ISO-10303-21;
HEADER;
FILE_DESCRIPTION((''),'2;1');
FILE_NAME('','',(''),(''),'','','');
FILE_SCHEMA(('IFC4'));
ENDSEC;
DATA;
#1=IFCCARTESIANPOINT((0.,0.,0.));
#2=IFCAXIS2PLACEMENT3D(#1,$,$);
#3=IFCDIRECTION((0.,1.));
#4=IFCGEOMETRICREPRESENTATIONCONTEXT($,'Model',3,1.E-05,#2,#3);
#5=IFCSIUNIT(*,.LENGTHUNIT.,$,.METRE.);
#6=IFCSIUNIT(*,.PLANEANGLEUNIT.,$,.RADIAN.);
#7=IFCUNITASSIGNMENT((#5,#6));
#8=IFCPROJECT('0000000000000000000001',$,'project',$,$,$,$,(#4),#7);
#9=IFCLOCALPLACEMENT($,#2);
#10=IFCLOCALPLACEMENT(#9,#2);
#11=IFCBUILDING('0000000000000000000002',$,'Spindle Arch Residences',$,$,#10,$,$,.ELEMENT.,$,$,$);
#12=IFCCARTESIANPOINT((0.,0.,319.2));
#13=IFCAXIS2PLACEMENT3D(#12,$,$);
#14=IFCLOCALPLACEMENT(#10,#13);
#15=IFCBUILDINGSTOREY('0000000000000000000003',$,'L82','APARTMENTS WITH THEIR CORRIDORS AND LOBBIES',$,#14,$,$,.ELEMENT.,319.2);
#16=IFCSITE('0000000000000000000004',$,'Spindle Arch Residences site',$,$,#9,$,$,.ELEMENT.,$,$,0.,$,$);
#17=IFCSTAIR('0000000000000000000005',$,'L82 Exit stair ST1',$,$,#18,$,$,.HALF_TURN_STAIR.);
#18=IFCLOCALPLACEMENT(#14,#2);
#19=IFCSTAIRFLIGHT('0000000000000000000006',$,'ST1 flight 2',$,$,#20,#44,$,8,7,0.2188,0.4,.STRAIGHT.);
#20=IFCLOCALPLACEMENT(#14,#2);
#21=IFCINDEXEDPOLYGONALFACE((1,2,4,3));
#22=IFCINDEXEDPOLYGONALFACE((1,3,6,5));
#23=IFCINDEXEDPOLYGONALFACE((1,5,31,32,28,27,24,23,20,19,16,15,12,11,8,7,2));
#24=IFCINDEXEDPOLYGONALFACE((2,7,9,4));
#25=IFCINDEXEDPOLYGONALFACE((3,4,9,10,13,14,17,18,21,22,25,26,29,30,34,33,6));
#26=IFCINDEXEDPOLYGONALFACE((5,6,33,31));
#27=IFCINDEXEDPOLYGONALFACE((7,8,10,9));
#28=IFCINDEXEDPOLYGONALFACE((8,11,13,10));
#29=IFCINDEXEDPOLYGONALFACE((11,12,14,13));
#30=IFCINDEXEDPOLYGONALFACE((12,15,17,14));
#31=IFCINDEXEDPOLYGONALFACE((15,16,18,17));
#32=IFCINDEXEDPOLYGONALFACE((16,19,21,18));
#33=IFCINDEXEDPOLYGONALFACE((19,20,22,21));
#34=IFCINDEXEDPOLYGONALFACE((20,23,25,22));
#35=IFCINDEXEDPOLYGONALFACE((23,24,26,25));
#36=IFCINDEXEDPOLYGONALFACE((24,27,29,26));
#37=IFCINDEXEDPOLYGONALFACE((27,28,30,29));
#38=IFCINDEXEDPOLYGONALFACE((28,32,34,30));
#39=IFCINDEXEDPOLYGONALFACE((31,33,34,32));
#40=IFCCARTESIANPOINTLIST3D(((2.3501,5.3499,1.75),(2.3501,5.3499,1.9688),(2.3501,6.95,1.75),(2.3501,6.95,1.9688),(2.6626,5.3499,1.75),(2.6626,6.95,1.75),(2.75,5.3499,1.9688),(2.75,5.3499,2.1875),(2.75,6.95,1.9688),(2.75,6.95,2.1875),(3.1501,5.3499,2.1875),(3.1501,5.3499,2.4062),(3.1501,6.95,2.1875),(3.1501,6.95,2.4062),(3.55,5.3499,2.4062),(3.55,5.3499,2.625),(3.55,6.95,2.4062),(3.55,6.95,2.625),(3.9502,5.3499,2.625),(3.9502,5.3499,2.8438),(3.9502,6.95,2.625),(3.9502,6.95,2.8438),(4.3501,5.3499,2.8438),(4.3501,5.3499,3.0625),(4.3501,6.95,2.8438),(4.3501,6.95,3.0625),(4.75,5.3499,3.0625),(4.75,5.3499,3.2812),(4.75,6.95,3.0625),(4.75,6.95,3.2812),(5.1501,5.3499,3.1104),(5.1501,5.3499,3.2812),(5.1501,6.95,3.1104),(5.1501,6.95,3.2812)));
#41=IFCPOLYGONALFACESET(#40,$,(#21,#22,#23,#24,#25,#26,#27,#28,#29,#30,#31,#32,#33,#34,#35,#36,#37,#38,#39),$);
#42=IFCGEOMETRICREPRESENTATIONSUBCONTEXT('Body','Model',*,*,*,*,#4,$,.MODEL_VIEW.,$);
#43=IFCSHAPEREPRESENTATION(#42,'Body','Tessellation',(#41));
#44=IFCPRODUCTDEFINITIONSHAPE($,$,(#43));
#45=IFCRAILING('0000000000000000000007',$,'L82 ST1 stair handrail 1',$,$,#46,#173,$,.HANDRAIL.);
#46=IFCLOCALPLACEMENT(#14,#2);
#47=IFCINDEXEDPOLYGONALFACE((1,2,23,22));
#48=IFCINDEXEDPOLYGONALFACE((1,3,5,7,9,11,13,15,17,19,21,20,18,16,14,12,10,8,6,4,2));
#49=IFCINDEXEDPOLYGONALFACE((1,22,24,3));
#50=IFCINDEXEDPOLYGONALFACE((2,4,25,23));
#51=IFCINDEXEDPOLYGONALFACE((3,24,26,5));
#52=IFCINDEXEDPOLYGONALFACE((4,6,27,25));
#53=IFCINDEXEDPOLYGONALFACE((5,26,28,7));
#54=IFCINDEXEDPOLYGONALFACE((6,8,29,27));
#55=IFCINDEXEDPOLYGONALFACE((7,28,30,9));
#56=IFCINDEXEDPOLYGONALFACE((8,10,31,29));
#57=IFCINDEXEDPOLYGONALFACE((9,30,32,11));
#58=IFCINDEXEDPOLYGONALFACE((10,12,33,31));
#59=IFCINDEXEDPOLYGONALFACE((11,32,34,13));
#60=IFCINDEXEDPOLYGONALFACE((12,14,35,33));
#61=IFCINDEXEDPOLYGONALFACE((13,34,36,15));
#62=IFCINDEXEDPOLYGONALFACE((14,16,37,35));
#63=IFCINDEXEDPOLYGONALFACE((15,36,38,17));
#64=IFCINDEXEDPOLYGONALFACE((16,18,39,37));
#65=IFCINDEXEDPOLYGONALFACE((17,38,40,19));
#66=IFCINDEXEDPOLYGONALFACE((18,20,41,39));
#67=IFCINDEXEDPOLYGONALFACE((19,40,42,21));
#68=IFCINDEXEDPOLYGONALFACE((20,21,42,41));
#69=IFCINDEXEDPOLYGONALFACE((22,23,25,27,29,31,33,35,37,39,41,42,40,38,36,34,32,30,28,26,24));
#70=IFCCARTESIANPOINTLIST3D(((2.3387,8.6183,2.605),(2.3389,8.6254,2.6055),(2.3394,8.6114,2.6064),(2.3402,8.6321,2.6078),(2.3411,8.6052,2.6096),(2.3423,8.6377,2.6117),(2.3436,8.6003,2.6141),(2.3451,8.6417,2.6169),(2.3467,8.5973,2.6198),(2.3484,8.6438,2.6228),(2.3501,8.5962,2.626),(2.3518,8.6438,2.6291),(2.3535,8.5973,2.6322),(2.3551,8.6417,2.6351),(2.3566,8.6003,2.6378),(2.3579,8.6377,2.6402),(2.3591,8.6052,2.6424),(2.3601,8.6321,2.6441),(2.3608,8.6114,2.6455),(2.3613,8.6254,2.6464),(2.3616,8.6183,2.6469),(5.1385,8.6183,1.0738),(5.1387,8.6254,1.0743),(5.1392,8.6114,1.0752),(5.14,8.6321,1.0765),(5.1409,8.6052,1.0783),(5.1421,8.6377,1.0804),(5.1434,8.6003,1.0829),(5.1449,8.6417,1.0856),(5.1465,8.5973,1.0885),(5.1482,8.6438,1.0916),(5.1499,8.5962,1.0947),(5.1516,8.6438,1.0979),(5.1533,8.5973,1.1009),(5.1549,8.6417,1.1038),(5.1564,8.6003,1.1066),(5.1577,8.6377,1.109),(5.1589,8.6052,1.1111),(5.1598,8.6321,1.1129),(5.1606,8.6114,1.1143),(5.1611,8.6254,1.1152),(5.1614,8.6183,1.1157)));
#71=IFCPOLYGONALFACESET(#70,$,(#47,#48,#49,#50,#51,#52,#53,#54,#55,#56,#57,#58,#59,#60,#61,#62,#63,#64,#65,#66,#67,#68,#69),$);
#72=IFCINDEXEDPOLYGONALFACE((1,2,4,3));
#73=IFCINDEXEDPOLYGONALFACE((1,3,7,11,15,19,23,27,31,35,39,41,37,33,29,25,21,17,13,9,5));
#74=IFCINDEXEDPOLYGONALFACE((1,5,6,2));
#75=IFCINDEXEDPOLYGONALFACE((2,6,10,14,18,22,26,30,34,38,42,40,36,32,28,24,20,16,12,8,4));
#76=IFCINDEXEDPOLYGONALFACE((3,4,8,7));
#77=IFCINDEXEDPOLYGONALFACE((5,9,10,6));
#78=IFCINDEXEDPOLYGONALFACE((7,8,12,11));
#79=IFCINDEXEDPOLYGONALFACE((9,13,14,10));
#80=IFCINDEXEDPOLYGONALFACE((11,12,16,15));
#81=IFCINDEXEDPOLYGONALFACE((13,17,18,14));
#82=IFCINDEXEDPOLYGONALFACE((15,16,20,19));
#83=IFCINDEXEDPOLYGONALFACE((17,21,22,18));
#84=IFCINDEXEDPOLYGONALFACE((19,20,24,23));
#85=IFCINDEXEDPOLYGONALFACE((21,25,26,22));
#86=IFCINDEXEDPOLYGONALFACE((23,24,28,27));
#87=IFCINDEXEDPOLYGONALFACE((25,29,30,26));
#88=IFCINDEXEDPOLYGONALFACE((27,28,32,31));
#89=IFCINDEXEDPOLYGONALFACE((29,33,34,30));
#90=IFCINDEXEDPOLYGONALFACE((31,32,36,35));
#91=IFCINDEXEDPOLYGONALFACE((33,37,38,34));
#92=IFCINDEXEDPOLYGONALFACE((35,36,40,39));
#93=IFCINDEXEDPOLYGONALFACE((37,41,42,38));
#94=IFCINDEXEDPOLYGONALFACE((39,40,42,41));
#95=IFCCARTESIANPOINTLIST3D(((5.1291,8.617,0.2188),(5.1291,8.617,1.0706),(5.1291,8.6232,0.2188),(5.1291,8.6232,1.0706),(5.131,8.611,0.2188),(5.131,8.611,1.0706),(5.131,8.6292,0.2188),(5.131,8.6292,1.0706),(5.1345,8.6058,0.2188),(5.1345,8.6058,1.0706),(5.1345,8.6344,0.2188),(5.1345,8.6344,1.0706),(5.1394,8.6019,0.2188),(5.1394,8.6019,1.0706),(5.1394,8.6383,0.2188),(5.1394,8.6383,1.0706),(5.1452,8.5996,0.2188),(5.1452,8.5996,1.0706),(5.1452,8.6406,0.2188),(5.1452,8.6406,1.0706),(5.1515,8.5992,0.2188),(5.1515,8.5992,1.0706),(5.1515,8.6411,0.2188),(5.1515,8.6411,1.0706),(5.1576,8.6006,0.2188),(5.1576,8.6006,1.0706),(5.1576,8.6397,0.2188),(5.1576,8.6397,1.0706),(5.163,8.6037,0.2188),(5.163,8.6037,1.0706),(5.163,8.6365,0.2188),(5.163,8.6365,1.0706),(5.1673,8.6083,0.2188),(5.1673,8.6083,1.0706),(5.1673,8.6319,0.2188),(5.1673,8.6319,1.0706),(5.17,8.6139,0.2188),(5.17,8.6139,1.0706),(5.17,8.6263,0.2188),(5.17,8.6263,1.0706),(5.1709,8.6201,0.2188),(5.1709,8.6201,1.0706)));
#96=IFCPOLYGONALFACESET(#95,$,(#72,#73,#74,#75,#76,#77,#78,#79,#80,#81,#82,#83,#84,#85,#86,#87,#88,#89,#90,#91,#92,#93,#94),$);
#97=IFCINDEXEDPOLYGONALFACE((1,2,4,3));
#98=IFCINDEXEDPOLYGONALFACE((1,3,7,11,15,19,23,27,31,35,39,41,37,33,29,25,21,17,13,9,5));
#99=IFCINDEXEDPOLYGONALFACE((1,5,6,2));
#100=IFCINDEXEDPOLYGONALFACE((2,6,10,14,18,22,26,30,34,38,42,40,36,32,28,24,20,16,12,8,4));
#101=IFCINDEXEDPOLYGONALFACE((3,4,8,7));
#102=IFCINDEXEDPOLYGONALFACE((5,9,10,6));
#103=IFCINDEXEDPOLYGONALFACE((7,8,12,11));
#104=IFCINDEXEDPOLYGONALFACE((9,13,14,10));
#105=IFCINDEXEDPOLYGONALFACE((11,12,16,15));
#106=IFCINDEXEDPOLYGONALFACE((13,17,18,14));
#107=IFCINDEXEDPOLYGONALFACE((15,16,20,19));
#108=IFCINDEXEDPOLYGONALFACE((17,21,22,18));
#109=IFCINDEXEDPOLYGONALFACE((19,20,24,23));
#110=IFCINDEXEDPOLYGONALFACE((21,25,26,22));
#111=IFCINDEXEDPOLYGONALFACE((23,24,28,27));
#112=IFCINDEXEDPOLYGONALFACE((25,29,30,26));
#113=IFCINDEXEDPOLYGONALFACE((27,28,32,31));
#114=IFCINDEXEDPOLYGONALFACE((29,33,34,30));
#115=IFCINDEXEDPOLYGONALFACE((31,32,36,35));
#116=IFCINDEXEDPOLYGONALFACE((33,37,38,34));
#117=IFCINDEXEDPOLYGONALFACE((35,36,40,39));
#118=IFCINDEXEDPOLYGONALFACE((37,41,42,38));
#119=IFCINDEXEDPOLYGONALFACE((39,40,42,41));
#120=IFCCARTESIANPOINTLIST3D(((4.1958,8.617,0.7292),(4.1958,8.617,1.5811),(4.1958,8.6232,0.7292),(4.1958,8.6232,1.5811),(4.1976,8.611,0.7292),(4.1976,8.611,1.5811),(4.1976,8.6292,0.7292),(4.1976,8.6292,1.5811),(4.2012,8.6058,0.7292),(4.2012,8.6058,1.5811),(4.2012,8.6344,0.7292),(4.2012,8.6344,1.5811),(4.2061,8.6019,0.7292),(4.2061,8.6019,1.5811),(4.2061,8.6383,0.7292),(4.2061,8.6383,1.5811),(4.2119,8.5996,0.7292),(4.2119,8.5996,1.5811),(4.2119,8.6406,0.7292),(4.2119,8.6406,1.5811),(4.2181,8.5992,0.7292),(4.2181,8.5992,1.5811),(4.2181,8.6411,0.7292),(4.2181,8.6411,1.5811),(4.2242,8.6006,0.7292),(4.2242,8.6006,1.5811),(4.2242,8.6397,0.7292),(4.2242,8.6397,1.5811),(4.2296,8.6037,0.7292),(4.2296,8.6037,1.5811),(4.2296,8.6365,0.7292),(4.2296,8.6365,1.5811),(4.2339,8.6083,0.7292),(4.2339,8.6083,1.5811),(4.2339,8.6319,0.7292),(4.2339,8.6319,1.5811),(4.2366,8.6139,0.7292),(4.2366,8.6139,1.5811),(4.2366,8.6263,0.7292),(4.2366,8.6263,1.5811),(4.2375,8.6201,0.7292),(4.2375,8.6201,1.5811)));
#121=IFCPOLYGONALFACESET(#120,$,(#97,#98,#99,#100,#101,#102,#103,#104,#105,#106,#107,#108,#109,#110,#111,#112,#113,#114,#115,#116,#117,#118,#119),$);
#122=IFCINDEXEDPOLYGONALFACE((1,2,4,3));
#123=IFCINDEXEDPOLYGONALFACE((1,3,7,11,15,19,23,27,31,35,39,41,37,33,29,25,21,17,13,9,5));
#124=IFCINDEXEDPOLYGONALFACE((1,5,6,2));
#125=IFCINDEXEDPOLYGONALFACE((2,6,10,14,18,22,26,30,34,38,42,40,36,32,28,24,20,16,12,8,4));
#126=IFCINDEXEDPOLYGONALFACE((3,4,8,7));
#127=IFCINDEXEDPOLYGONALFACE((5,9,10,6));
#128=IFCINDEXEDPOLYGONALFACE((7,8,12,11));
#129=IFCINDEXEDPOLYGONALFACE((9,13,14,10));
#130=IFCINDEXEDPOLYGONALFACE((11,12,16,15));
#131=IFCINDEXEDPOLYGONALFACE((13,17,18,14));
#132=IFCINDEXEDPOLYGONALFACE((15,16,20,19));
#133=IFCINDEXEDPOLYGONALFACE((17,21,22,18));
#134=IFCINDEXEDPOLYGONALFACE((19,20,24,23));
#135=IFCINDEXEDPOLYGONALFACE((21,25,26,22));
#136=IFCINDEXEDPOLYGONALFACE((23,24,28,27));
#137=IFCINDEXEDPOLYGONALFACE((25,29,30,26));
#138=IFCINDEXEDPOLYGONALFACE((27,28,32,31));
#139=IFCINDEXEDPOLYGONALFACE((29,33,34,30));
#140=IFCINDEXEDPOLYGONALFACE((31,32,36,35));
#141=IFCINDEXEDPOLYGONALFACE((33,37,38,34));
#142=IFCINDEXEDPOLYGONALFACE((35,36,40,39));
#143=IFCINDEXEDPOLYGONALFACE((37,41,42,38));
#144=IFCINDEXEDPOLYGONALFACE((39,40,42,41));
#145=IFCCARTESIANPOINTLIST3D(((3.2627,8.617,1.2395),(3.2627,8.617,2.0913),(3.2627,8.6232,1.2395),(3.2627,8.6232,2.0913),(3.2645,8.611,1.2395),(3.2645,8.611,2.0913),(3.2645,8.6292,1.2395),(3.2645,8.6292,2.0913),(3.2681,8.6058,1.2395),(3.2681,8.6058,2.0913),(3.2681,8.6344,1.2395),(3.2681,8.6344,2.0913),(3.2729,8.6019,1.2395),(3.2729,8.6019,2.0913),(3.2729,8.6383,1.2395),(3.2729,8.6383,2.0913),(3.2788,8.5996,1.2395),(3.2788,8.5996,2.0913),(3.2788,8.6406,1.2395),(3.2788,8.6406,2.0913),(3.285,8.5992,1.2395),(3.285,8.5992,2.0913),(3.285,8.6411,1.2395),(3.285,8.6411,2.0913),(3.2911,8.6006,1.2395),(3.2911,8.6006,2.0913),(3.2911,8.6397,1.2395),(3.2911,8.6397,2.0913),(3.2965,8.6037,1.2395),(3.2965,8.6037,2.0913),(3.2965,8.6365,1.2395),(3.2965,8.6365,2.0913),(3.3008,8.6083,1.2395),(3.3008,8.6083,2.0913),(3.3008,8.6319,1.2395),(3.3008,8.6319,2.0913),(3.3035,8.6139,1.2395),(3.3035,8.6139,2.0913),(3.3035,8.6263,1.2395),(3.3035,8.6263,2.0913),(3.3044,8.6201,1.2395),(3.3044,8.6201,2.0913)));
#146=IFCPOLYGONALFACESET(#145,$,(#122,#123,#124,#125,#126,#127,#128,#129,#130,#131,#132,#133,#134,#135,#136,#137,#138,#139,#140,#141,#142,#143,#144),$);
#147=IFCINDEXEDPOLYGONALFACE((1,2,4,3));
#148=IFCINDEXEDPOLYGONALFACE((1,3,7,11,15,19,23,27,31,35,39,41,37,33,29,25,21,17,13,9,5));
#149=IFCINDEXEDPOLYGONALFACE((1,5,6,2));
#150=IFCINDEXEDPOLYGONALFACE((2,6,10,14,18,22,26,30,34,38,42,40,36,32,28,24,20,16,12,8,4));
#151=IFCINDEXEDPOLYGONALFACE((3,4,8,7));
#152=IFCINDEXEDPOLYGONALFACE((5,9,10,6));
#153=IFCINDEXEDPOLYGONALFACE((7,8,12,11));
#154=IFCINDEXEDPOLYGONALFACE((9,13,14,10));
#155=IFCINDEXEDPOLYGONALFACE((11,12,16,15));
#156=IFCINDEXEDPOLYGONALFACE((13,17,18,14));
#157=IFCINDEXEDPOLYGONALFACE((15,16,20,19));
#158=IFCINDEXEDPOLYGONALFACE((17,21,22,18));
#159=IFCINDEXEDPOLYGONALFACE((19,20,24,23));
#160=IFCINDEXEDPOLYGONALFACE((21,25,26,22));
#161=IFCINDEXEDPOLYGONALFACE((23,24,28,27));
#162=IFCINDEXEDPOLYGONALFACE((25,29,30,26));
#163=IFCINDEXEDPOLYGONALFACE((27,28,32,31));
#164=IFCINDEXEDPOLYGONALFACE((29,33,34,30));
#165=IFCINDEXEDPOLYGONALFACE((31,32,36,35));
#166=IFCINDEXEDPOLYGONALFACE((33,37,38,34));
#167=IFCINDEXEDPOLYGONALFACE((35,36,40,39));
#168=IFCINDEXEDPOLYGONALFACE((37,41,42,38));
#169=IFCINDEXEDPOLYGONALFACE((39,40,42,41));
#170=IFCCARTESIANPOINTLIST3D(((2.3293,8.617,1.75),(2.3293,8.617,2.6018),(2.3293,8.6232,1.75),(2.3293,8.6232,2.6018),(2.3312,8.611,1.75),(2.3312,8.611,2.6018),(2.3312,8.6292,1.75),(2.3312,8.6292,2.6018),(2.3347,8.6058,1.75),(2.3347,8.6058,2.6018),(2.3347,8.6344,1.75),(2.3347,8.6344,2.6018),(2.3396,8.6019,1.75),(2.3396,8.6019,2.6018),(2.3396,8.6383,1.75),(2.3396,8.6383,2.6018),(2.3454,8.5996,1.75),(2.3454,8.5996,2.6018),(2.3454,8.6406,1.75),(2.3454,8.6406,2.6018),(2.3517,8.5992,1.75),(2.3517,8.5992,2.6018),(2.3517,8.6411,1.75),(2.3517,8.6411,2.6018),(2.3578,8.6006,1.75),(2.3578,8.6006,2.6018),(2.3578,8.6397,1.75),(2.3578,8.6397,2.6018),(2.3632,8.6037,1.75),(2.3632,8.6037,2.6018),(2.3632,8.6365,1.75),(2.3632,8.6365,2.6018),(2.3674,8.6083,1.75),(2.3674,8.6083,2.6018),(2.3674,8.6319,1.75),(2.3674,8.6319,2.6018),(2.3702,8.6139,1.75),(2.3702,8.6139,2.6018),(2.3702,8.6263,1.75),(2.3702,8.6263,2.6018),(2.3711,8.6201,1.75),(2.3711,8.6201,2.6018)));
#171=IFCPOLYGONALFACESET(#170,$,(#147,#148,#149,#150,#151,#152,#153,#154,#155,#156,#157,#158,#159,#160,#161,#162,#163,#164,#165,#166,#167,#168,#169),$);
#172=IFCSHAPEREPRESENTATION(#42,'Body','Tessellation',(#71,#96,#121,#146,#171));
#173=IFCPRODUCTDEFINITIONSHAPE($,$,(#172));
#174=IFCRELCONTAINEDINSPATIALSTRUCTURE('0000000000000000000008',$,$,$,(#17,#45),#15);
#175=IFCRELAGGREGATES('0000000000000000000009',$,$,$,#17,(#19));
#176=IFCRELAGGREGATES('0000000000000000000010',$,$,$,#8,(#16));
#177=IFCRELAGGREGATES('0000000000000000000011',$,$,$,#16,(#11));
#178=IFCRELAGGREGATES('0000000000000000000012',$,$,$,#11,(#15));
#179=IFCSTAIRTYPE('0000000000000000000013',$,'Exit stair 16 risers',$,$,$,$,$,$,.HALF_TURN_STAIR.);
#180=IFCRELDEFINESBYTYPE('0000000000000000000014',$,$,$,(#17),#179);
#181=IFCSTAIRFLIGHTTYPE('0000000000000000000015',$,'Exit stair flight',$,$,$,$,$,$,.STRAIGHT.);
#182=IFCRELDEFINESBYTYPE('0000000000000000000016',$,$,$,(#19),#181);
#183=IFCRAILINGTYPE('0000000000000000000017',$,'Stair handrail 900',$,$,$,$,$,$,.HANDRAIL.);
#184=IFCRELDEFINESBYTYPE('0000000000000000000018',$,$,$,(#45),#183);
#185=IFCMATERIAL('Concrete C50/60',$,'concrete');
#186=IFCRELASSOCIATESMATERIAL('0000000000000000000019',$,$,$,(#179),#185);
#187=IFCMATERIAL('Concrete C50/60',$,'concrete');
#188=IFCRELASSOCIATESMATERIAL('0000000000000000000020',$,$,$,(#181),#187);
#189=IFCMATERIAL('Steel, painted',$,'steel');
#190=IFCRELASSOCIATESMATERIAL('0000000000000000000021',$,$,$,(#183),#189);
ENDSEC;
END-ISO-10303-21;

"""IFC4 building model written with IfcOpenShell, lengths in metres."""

from ifc_helpers import new_model, si_unit, direction, frame, origin, origin_2d, place, context, subcontext, project, spatial, polyline, circle, outline, extrude, material, type_object, element, aggregate, save


model = new_model("IFC4")

# Units and contexts
model_context = context("Model", 3, precision=1e-05, world=origin(), true_north=direction((0.0, 1.0)))
body_context = subcontext(model_context, "Body", "Model", "MODEL_VIEW")
ifc_project = project(units=[si_unit("LENGTHUNIT", "METRE"), si_unit("PLANEANGLEUNIT", "RADIAN")], contexts=[model_context])

# Site, building, storey
site_placement = place(None, origin())
site = spatial("IfcSite", under=ifc_project, at=site_placement, Name="Spindle Arch Residences site", CompositionType="ELEMENT", RefElevation=0.0)
building_placement = place(site_placement, origin())
building = spatial("IfcBuilding", under=site, at=building_placement, Name="Spindle Arch Residences", CompositionType="ELEMENT")
storey_placement = place(building_placement, frame((0.0, 0.0, 319.2)))
storey = spatial("IfcBuildingStorey", under=building, at=storey_placement, Name="L82", Description="APARTMENTS WITH THEIR CORRIDORS AND LOBBIES", CompositionType="ELEMENT", Elevation=319.2)

# Stair, stair flight
ifc_material_1 = material(Name="Concrete C50/60", Category="concrete")
stair_type = type_object("IfcStairType", Name="Exit stair 16 risers", PredefinedType="HALF_TURN_STAIR", material=ifc_material_1)
stair_placement = place(storey_placement, origin())
stair = element("IfcStair", 1, at=stair_placement, inside=storey, type_object=stair_type, Name="L82 Exit stair ST1", PredefinedType="HALF_TURN_STAIR")
ifc_material_2 = material(Name="Concrete C50/60", Category="concrete")
stair_flight_type = type_object("IfcStairFlightType", Name="Exit stair flight", PredefinedType="STRAIGHT", material=ifc_material_2)
stair_flight_1_placement = place(storey_placement, frame((2.3501, 6.1499, 1.75), z_axis=(0.0, 0.0, 1.0), x_axis=(1.0, 0.0, 0.0)))
stair_flight_1 = element("IfcStairFlight", 2, at=stair_flight_1_placement, type_object=stair_flight_type, Name="ST1 flight 2", NumberOfRisers=8, NumberOfTreads=7, PredefinedType="STRAIGHT", RiserHeight=0.2188, TreadLength=0.4, context=body_context, shape_type="SweptSolid", body=[
    extrude(outline(polyline([(0.0, 0.0), (0.0, 0.2188), (0.3999, 0.2188), (0.3999, 0.4375), (0.8, 0.4375), (0.8, 0.6562), (1.2, 0.6562), (1.2, 0.875), (1.6001, 0.875), (1.6001, 1.0938), (2.0, 1.0938), (2.0, 1.3125), (2.3999, 1.3125), (2.3999, 1.5312), (2.8, 1.5312), (2.8, 1.75), (2.8, 1.3604), (0.3125, 0.0), (0.0, 0.0)])), frame((0.0, 0.8, 0.0), z_axis=(0.0, -1.0, 0.0), x_axis=(1.0, 0.0, 0.0)), (0.0, 0.0, 1.0), 1.6001),
])
aggregate(stair, [stair_flight_1])

# Railing
ifc_material_3 = material(Name="Steel, painted", Category="steel")
railing_type_1 = type_object("IfcRailingType", Name="Stair handrail 900", PredefinedType="HANDRAIL", material=ifc_material_3)
railing_1_placement = place(storey_placement, frame((5.1499, 8.6201, 0.2188)))
element("IfcRailing", 3, at=railing_1_placement, inside=storey, type_object=railing_type_1, Name="L82 ST1 stair handrail 1", PredefinedType="HANDRAIL", context=body_context, shape_type="SweptSolid", body=[
    extrude(circle(Radius=0.0239, at=origin_2d()), frame((0.0, 0.0, 0.876), z_axis=(-0.877357, 0.0, 0.479838), x_axis=(0.0, -1.0, 0.0)), (0.0, 0.0, 1.0), 3.1912),
    extrude(circle(Radius=0.021, at=origin_2d()), origin(), (0.0, 0.0, 1.0), 0.8518),
    extrude(circle(Radius=0.021, at=origin_2d()), frame((-0.9333, 0.0, 0.5105)), (0.0, 0.0, 1.0), 0.8518),
    extrude(circle(Radius=0.021, at=origin_2d()), frame((-1.8665, 0.0, 1.0208)), (0.0, 0.0, 1.0), 0.8518),
    extrude(circle(Radius=0.021, at=origin_2d()), frame((-2.7998, 0.0, 1.5312)), (0.0, 0.0, 1.0), 0.8518),
])

save(model, "model.ifc")
